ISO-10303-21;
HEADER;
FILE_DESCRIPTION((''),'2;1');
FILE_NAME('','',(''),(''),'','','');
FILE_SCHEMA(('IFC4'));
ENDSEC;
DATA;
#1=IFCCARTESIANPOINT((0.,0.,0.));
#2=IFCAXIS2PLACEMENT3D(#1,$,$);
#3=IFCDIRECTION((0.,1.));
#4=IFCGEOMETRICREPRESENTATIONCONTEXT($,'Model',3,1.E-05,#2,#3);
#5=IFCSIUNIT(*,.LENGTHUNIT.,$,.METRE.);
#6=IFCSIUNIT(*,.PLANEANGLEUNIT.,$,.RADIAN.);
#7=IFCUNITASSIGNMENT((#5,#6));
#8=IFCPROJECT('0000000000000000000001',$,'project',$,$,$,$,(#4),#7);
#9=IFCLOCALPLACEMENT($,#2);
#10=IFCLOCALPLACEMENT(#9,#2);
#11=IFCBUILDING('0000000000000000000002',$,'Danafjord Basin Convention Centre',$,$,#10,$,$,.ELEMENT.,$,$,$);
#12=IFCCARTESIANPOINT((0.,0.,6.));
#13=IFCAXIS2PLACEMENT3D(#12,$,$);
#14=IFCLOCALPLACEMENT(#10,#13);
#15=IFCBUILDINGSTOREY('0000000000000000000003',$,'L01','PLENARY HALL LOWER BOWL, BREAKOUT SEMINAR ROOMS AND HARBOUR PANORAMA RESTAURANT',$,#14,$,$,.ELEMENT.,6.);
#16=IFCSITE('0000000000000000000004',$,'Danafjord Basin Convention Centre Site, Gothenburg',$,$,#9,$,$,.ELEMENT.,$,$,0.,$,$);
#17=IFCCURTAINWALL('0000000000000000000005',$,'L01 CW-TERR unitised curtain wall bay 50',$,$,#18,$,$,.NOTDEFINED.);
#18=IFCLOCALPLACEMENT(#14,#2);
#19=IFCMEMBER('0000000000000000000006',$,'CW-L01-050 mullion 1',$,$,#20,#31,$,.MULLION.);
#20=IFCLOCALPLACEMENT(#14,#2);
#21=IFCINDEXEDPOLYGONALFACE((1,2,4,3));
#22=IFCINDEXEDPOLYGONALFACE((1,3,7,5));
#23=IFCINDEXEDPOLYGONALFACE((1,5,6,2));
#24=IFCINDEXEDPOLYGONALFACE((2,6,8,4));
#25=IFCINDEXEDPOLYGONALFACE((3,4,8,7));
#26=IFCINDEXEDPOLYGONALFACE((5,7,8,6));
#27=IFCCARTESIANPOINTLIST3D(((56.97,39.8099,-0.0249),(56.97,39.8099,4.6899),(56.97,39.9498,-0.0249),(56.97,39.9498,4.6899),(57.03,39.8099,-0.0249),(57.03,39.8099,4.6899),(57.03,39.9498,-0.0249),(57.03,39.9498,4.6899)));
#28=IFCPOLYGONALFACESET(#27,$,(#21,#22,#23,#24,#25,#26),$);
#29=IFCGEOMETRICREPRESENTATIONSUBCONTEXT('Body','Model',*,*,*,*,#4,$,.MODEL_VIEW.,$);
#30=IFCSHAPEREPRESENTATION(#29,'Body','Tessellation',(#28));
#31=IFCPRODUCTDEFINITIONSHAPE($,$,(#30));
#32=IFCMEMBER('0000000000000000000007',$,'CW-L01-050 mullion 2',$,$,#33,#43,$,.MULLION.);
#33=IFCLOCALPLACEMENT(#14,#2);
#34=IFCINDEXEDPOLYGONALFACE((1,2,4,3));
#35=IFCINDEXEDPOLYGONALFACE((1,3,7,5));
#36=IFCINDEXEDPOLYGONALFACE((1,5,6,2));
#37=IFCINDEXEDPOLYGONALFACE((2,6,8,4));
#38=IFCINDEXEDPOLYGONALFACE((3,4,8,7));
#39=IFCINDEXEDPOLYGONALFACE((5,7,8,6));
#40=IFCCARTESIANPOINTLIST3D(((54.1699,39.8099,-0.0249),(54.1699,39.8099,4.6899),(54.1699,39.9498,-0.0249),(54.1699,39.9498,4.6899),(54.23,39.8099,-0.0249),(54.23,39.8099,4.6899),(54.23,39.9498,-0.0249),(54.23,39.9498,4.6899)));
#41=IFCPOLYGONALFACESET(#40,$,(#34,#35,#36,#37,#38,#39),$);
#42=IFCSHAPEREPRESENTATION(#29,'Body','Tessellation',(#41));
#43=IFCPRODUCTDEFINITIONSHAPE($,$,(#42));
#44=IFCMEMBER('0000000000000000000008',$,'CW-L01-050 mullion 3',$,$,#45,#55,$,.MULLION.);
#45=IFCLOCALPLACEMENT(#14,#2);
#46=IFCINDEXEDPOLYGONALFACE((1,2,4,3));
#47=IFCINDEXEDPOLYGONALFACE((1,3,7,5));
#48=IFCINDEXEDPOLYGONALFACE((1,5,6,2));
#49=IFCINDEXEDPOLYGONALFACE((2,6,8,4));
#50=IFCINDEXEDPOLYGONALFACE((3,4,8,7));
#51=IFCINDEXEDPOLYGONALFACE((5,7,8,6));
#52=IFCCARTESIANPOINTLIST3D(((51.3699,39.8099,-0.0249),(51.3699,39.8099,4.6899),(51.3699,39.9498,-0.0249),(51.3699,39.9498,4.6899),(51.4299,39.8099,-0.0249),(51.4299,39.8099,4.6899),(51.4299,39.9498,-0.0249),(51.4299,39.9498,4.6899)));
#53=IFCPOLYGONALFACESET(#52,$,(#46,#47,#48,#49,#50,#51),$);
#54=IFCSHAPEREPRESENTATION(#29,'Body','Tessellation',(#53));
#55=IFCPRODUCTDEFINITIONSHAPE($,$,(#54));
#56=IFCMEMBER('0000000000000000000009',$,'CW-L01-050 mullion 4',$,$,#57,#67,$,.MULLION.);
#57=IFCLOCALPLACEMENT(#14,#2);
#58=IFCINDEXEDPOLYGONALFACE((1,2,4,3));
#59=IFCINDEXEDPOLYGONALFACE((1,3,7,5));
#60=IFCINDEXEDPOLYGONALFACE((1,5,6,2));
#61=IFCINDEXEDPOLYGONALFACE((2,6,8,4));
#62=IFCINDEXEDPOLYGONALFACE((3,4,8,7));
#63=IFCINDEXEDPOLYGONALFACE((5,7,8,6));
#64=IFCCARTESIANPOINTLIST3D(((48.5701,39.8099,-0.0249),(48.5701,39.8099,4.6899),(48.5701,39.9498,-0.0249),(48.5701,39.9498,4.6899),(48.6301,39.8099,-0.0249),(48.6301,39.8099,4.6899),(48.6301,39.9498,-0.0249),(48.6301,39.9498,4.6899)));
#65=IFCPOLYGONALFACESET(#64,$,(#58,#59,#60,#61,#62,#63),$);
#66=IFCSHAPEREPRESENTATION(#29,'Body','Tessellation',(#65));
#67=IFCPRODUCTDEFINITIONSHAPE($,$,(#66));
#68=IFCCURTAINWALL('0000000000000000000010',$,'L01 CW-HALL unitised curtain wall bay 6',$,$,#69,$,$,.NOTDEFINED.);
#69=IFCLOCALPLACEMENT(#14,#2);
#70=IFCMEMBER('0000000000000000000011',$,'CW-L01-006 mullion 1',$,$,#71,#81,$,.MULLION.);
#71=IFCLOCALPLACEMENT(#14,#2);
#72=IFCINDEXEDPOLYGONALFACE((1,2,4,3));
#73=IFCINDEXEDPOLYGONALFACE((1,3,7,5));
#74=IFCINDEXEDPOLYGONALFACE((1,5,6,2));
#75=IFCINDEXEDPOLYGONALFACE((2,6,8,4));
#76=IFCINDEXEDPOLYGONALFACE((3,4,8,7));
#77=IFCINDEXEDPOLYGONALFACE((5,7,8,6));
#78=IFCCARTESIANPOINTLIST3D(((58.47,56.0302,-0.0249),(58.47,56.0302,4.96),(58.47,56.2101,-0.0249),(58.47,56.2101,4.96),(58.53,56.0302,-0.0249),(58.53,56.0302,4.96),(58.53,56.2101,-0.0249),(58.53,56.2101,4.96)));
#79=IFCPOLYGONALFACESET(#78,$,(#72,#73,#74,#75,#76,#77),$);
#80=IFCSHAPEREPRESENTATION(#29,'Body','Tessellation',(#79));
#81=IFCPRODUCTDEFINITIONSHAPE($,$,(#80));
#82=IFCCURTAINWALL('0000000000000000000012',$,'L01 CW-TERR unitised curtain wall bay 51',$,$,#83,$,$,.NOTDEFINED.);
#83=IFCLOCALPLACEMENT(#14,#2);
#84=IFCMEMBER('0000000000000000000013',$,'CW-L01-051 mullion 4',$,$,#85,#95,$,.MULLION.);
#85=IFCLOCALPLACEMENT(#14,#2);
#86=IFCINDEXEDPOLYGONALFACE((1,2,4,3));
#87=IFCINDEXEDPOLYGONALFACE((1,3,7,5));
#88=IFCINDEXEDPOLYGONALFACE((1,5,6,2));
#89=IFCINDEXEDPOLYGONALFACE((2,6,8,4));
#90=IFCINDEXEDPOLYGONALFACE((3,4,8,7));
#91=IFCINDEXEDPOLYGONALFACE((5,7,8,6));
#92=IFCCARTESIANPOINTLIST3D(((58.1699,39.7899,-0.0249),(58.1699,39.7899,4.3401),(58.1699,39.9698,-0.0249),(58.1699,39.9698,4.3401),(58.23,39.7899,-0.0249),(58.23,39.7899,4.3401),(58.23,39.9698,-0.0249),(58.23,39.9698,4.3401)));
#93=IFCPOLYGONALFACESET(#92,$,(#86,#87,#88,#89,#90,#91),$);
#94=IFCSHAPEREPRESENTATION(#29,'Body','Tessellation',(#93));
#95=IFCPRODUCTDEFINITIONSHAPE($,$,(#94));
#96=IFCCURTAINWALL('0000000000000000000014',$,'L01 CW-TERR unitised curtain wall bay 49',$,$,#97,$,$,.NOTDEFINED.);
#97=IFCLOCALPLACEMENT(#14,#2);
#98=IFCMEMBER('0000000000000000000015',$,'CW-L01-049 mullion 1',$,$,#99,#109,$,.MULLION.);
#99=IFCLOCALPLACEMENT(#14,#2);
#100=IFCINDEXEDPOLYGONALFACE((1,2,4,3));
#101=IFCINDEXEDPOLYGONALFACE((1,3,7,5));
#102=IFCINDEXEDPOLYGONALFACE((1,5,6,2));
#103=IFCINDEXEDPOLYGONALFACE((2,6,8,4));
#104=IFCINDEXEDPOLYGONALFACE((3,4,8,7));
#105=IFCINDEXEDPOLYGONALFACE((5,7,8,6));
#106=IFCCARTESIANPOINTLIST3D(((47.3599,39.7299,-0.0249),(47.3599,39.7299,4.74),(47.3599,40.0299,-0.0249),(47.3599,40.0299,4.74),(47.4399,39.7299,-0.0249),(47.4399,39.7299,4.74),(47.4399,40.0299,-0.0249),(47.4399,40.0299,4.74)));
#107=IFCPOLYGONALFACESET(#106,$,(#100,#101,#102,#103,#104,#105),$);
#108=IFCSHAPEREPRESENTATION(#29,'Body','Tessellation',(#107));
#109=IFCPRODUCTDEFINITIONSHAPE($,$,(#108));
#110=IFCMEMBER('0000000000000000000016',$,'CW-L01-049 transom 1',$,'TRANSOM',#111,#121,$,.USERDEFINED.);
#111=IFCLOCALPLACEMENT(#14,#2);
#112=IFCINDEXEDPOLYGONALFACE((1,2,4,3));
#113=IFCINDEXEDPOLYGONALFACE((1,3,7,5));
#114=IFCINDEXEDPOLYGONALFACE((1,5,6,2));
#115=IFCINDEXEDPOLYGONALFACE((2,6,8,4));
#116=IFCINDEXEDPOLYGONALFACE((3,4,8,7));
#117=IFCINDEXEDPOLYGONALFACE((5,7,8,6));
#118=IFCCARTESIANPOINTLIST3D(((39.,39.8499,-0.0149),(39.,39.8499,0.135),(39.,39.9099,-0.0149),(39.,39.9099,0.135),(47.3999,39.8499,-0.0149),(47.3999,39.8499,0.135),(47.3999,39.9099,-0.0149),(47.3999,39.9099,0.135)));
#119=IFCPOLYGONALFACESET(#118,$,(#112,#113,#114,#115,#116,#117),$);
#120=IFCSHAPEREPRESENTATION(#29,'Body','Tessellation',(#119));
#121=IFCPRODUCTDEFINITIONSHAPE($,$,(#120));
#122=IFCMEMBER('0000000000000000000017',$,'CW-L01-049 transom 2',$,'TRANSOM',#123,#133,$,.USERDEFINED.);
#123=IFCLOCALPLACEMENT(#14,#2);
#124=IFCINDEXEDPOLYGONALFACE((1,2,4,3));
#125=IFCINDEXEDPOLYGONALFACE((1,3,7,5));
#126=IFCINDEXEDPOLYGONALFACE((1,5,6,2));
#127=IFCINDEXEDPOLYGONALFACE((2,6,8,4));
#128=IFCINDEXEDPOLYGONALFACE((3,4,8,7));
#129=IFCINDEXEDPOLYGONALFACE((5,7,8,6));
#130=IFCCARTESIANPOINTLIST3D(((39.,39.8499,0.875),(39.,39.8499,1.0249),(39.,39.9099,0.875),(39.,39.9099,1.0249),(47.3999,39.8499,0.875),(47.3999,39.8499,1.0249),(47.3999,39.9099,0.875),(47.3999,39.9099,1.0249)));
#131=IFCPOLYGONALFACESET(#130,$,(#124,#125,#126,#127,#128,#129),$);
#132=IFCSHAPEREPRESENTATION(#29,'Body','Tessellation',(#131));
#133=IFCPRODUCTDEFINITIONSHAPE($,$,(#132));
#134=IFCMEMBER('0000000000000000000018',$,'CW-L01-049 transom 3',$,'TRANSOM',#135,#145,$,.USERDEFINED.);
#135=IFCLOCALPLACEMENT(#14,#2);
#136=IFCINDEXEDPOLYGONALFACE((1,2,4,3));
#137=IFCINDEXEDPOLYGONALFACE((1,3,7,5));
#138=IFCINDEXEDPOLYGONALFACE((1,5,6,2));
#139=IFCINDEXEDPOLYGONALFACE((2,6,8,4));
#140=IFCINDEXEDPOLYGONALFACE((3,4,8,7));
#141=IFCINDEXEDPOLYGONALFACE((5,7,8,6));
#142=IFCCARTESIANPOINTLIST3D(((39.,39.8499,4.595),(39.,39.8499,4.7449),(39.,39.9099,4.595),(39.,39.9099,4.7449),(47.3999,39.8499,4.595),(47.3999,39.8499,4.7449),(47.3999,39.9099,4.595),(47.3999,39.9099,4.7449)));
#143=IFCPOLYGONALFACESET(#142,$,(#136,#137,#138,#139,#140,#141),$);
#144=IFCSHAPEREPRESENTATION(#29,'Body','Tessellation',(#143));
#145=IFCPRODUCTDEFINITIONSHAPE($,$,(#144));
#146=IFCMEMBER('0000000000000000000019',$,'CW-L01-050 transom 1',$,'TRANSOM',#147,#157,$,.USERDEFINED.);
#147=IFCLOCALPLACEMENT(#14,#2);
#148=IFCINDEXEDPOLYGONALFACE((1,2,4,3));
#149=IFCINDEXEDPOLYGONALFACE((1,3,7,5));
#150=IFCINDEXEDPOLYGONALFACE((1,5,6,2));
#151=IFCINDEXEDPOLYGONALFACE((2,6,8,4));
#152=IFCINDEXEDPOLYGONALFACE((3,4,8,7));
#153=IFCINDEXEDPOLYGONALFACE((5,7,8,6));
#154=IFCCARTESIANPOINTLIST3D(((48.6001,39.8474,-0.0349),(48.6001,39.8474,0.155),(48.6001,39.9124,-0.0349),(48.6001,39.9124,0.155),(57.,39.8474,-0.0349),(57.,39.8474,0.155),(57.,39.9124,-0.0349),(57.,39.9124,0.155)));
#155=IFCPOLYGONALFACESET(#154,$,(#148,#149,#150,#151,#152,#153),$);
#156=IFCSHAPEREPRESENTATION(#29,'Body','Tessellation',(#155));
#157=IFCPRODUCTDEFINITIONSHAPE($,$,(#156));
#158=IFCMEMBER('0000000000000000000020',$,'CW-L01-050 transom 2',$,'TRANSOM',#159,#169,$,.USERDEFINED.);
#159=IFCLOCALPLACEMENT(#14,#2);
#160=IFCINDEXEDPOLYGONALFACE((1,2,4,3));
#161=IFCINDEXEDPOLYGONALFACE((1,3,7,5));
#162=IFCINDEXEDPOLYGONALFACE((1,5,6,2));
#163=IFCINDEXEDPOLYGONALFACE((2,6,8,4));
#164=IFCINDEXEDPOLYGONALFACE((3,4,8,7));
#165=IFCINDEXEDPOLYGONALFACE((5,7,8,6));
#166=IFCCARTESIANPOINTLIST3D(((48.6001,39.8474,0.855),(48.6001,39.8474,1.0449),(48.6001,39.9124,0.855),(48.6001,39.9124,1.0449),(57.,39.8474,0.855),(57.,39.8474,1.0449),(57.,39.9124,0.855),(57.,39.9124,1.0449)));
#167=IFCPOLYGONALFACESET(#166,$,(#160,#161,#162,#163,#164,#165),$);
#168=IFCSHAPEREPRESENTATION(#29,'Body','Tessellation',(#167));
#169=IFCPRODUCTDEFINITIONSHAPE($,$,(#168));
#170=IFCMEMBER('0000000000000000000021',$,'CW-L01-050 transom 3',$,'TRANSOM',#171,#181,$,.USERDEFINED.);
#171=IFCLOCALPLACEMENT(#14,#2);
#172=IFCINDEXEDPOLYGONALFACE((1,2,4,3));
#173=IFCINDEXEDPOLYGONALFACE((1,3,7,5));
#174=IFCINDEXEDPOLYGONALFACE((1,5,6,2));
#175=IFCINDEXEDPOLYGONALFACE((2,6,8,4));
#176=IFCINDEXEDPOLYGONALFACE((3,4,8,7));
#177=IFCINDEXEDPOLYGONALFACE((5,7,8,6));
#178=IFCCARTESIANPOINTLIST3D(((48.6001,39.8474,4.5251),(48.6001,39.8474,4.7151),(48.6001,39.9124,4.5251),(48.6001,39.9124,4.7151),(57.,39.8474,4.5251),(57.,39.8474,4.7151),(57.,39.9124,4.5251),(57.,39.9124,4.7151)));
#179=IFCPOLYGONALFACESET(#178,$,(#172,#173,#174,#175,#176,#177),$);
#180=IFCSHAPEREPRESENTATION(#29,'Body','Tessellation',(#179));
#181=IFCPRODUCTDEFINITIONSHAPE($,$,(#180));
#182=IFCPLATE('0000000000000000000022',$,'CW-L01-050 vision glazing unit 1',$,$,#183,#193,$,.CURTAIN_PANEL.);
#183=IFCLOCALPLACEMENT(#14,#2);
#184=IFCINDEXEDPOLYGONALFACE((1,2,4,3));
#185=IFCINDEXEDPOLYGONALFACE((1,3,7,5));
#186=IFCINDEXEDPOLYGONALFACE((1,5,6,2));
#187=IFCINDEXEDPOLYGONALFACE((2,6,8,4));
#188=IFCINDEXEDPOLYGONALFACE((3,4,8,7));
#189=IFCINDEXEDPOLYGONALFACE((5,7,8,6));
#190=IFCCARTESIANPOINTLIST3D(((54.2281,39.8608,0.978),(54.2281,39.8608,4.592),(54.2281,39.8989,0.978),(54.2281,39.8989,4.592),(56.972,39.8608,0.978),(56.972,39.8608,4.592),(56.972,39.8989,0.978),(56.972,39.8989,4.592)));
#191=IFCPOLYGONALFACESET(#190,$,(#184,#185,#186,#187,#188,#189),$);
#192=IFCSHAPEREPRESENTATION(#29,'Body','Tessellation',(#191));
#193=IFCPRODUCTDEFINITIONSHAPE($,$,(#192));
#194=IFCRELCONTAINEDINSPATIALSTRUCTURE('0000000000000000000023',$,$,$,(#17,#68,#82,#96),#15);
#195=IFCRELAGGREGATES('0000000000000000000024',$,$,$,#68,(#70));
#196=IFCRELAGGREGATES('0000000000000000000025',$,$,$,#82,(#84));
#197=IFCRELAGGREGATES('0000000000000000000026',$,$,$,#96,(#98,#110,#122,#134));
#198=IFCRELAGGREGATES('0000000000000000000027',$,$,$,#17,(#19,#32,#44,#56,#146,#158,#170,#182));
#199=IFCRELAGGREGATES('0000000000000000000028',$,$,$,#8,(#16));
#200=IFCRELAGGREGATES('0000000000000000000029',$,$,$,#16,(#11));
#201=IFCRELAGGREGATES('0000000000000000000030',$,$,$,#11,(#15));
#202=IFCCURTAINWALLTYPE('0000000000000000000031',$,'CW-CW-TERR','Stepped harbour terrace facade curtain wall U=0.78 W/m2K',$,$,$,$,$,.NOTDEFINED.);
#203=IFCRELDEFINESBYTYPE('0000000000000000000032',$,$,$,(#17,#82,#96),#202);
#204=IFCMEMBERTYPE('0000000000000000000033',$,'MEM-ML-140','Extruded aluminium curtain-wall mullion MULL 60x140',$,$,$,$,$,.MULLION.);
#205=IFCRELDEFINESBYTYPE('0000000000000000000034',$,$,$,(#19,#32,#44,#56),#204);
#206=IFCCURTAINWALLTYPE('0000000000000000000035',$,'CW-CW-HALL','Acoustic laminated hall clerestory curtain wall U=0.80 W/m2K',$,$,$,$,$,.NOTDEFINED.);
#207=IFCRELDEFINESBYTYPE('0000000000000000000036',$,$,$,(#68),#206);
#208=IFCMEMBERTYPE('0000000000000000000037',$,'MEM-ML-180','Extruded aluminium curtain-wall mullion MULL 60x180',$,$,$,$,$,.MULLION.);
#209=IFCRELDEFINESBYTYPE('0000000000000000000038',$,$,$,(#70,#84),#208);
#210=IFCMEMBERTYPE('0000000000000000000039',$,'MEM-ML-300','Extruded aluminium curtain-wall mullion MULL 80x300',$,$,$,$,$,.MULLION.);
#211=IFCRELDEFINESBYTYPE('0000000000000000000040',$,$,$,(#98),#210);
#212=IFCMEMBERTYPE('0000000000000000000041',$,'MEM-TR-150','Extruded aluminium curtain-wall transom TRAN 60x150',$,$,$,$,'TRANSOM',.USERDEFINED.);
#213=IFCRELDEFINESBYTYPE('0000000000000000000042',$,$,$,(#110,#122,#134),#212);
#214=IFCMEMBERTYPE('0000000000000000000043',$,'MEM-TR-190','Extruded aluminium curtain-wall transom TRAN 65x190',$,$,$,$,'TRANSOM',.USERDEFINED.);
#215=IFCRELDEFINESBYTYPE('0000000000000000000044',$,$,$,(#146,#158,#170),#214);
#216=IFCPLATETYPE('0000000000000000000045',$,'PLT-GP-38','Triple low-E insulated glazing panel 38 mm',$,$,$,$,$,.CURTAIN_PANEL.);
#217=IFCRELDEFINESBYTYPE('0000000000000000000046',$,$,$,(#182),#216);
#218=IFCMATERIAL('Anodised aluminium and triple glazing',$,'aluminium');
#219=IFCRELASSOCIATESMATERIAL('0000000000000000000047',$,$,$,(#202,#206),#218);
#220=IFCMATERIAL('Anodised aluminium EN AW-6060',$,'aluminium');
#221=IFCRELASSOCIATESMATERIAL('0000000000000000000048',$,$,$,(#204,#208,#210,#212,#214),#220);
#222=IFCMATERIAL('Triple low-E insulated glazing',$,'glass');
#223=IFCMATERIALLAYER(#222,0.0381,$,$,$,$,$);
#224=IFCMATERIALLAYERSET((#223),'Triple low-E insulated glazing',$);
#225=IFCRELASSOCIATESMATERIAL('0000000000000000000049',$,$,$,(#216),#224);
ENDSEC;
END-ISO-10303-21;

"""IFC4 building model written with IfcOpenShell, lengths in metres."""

from ifc_helpers import new_model, si_unit, direction, frame, origin, origin_2d, place, context, subcontext, project, spatial, rectangle, extrude, material, layer, layer_set, material_profile, profile_set, type_object, element, aggregate, save


model = new_model("IFC4")

# Units and contexts
model_context = context("Model", 3, precision=1e-05, world=origin(), true_north=direction((0.0, 1.0)))
body_context = subcontext(model_context, "Body", "Model", "MODEL_VIEW")
ifc_project = project(units=[si_unit("LENGTHUNIT", "METRE"), si_unit("PLANEANGLEUNIT", "RADIAN")], contexts=[model_context])

# Site, building, storey
site_placement = place(None, origin())
site = spatial("IfcSite", under=ifc_project, at=site_placement, Name="Danafjord Basin Convention Centre Site, Gothenburg", CompositionType="ELEMENT", RefElevation=0.0)
building_placement = place(site_placement, origin())
building = spatial("IfcBuilding", under=site, at=building_placement, Name="Danafjord Basin Convention Centre", CompositionType="ELEMENT")
storey_placement = place(building_placement, frame((0.0, 0.0, 6.0)))
storey = spatial("IfcBuildingStorey", under=building, at=storey_placement, Name="L01", Description="PLENARY HALL LOWER BOWL, BREAKOUT SEMINAR ROOMS AND HARBOUR PANORAMA RESTAURANT", CompositionType="ELEMENT", Elevation=6.0)

# Curtain wall, members
ifc_material_1 = material(Name="Anodised aluminium and triple glazing", Category="aluminium")
curtain_wall_type_1 = type_object("IfcCurtainWallType", Name="CW-CW-TERR", Description="Stepped harbour terrace facade curtain wall U=0.78 W/m2K", PredefinedType="NOTDEFINED", material=ifc_material_1)
curtain_wall_1_placement = place(storey_placement, origin())
curtain_wall_1 = element("IfcCurtainWall", 1, at=curtain_wall_1_placement, inside=storey, type_object=curtain_wall_type_1, Name="L01 CW-TERR unitised curtain wall bay 50", PredefinedType="NOTDEFINED")
ifc_material_2 = material(Name="Anodised aluminium EN AW-6060", Category="aluminium")
ifc_material_profile_1 = material_profile(ifc_material_2, rectangle(XDim=0.0601, YDim=0.1399, at=origin_2d()), Name="MULL 60x140")
ifc_profile_set_1 = profile_set([ifc_material_profile_1], Name="Anodised aluminium EN AW-6060")
member_type_1 = type_object("IfcMemberType", Name="MEM-ML-140", Description="Extruded aluminium curtain-wall mullion MULL 60x140", PredefinedType="MULLION", material=ifc_profile_set_1)
member_1_placement = place(storey_placement, frame((57.0, 39.8799, -0.0249), z_axis=(0.0, 0.0, 1.0), x_axis=(-1.0, 0.0, 0.0)))
member_1 = element("IfcMember", 2, at=member_1_placement, type_object=member_type_1, Name="CW-L01-050 mullion 1", PredefinedType="MULLION", context=body_context, shape_type="SweptSolid", body=[
    extrude(rectangle(XDim=0.0601, YDim=0.1399, at=origin_2d()), origin(), (0.0, 0.0, 1.0), 4.7148),
])
member_2_placement = place(storey_placement, frame((54.2, 39.8799, -0.0249), z_axis=(0.0, 0.0, 1.0), x_axis=(-1.0, 0.0, 0.0)))
member_2 = element("IfcMember", 3, at=member_2_placement, type_object=member_type_1, Name="CW-L01-050 mullion 2", PredefinedType="MULLION", context=body_context, shape_type="SweptSolid", body=[
    extrude(rectangle(XDim=0.0601, YDim=0.1399, at=origin_2d()), origin(), (0.0, 0.0, 1.0), 4.7148),
])
member_3_placement = place(storey_placement, frame((51.3999, 39.8799, -0.0249), z_axis=(0.0, 0.0, 1.0), x_axis=(-1.0, 0.0, 0.0)))
member_3 = element("IfcMember", 4, at=member_3_placement, type_object=member_type_1, Name="CW-L01-050 mullion 3", PredefinedType="MULLION", context=body_context, shape_type="SweptSolid", body=[
    extrude(rectangle(XDim=0.0601, YDim=0.1399, at=origin_2d()), origin(), (0.0, 0.0, 1.0), 4.7148),
])
member_4_placement = place(storey_placement, frame((48.6001, 39.8799, -0.0249), z_axis=(0.0, 0.0, 1.0), x_axis=(-1.0, 0.0, 0.0)))
member_4 = element("IfcMember", 5, at=member_4_placement, type_object=member_type_1, Name="CW-L01-050 mullion 4", PredefinedType="MULLION", context=body_context, shape_type="SweptSolid", body=[
    extrude(rectangle(XDim=0.0601, YDim=0.1399, at=origin_2d()), origin(), (0.0, 0.0, 1.0), 4.7148),
])

# Curtain walls, members
curtain_wall_type_2 = type_object("IfcCurtainWallType", Name="CW-CW-HALL", Description="Acoustic laminated hall clerestory curtain wall U=0.80 W/m2K", PredefinedType="NOTDEFINED", material=ifc_material_1)
curtain_wall_2_placement = place(storey_placement, origin())
curtain_wall_2 = element("IfcCurtainWall", 6, at=curtain_wall_2_placement, inside=storey, type_object=curtain_wall_type_2, Name="L01 CW-HALL unitised curtain wall bay 6", PredefinedType="NOTDEFINED")
ifc_material_profile_2 = material_profile(ifc_material_2, rectangle(XDim=0.0601, YDim=0.1799, at=origin_2d()), Name="MULL 60x180")
ifc_profile_set_2 = profile_set([ifc_material_profile_2], Name="Anodised aluminium EN AW-6060")
member_type_2 = type_object("IfcMemberType", Name="MEM-ML-180", Description="Extruded aluminium curtain-wall mullion MULL 60x180", PredefinedType="MULLION", material=ifc_profile_set_2)
member_5_placement = place(storey_placement, frame((58.5, 56.1201, -0.0249), z_axis=(0.0, 0.0, 1.0), x_axis=(1.0, 0.0, 0.0)))
member_5 = element("IfcMember", 7, at=member_5_placement, type_object=member_type_2, Name="CW-L01-006 mullion 1", PredefinedType="MULLION", context=body_context, shape_type="SweptSolid", body=[
    extrude(rectangle(XDim=0.0601, YDim=0.1799, at=origin_2d()), origin(), (0.0, 0.0, 1.0), 4.9849),
])
aggregate(curtain_wall_2, [member_5])
curtain_wall_3_placement = place(storey_placement, origin())
curtain_wall_3 = element("IfcCurtainWall", 8, at=curtain_wall_3_placement, inside=storey, type_object=curtain_wall_type_1, Name="L01 CW-TERR unitised curtain wall bay 51", PredefinedType="NOTDEFINED")
member_6_placement = place(storey_placement, frame((58.2, 39.8799, -0.0249), z_axis=(0.0, 0.0, 1.0), x_axis=(-1.0, 0.0, 0.0)))
member_6 = element("IfcMember", 9, at=member_6_placement, type_object=member_type_2, Name="CW-L01-051 mullion 4", PredefinedType="MULLION", context=body_context, shape_type="SweptSolid", body=[
    extrude(rectangle(XDim=0.0601, YDim=0.1799, at=origin_2d()), origin(), (0.0, 0.0, 1.0), 4.365),
])
aggregate(curtain_wall_3, [member_6])

# Curtain wall, members
curtain_wall_4_placement = place(storey_placement, origin())
curtain_wall_4 = element("IfcCurtainWall", 10, at=curtain_wall_4_placement, inside=storey, type_object=curtain_wall_type_1, Name="L01 CW-TERR unitised curtain wall bay 49", PredefinedType="NOTDEFINED")
ifc_material_profile_3 = material_profile(ifc_material_2, rectangle(XDim=0.0801, YDim=0.3, at=origin_2d()), Name="MULL 80x300")
ifc_profile_set_3 = profile_set([ifc_material_profile_3], Name="Anodised aluminium EN AW-6060")
member_type_3 = type_object("IfcMemberType", Name="MEM-ML-300", Description="Extruded aluminium curtain-wall mullion MULL 80x300", PredefinedType="MULLION", material=ifc_profile_set_3)
member_7_placement = place(storey_placement, frame((47.3999, 39.8799, -0.0249), z_axis=(0.0, 0.0, 1.0), x_axis=(-1.0, 0.0, 0.0)))
member_7 = element("IfcMember", 11, at=member_7_placement, type_object=member_type_3, Name="CW-L01-049 mullion 1", PredefinedType="MULLION", context=body_context, shape_type="SweptSolid", body=[
    extrude(rectangle(XDim=0.0801, YDim=0.3, at=origin_2d()), origin(), (0.0, 0.0, 1.0), 4.7649),
])
ifc_material_profile_4 = material_profile(ifc_material_2, rectangle(XDim=0.0601, YDim=0.1499, at=origin_2d()), Name="TRAN 60x150")
ifc_profile_set_4 = profile_set([ifc_material_profile_4], Name="Anodised aluminium EN AW-6060")
member_type_4 = type_object("IfcMemberType", Name="MEM-TR-150", Description="Extruded aluminium curtain-wall transom TRAN 60x150", ElementType="TRANSOM", PredefinedType="USERDEFINED", material=ifc_profile_set_4)
member_8_placement = place(storey_placement, frame((47.3999, 39.8799, 0.0601), z_axis=(-1.0, 0.0, 0.0), x_axis=(0.0, -1.0, 0.0)))
member_8 = element("IfcMember", 12, at=member_8_placement, type_object=member_type_4, Name="CW-L01-049 transom 1", ObjectType="TRANSOM", PredefinedType="USERDEFINED", context=body_context, shape_type="SweptSolid", body=[
    extrude(rectangle(XDim=0.0601, YDim=0.1499, at=origin_2d()), origin(), (0.0, 0.0, 1.0), 8.3999),
])
member_9_placement = place(storey_placement, frame((47.3999, 39.8799, 0.95), z_axis=(-1.0, 0.0, 0.0), x_axis=(0.0, -1.0, 0.0)))
member_9 = element("IfcMember", 13, at=member_9_placement, type_object=member_type_4, Name="CW-L01-049 transom 2", ObjectType="TRANSOM", PredefinedType="USERDEFINED", context=body_context, shape_type="SweptSolid", body=[
    extrude(rectangle(XDim=0.0601, YDim=0.1499, at=origin_2d()), origin(), (0.0, 0.0, 1.0), 8.3999),
])
member_10_placement = place(storey_placement, frame((47.3999, 39.8799, 4.6699), z_axis=(-1.0, 0.0, 0.0), x_axis=(0.0, -1.0, 0.0)))
member_10 = element("IfcMember", 14, at=member_10_placement, type_object=member_type_4, Name="CW-L01-049 transom 3", ObjectType="TRANSOM", PredefinedType="USERDEFINED", context=body_context, shape_type="SweptSolid", body=[
    extrude(rectangle(XDim=0.0601, YDim=0.1499, at=origin_2d()), origin(), (0.0, 0.0, 1.0), 8.3999),
])
aggregate(curtain_wall_4, [member_7, member_8, member_9, member_10])

# Members
ifc_material_profile_5 = material_profile(ifc_material_2, rectangle(XDim=0.0649, YDim=0.1899, at=origin_2d()), Name="TRAN 65x190")
ifc_profile_set_5 = profile_set([ifc_material_profile_5], Name="Anodised aluminium EN AW-6060")
member_type_5 = type_object("IfcMemberType", Name="MEM-TR-190", Description="Extruded aluminium curtain-wall transom TRAN 65x190", ElementType="TRANSOM", PredefinedType="USERDEFINED", material=ifc_profile_set_5)
member_11_placement = place(storey_placement, frame((57.0, 39.8799, 0.0601), z_axis=(-1.0, 0.0, 0.0), x_axis=(0.0, -1.0, 0.0)))
member_11 = element("IfcMember", 15, at=member_11_placement, type_object=member_type_5, Name="CW-L01-050 transom 1", ObjectType="TRANSOM", PredefinedType="USERDEFINED", context=body_context, shape_type="SweptSolid", body=[
    extrude(rectangle(XDim=0.0649, YDim=0.1899, at=origin_2d()), origin(), (0.0, 0.0, 1.0), 8.3999),
])
member_12_placement = place(storey_placement, frame((57.0, 39.8799, 0.95), z_axis=(-1.0, 0.0, 0.0), x_axis=(0.0, -1.0, 0.0)))
member_12 = element("IfcMember", 16, at=member_12_placement, type_object=member_type_5, Name="CW-L01-050 transom 2", ObjectType="TRANSOM", PredefinedType="USERDEFINED", context=body_context, shape_type="SweptSolid", body=[
    extrude(rectangle(XDim=0.0649, YDim=0.1899, at=origin_2d()), origin(), (0.0, 0.0, 1.0), 8.3999),
])
member_13_placement = place(storey_placement, frame((57.0, 39.8799, 4.6201), z_axis=(-1.0, 0.0, 0.0), x_axis=(0.0, -1.0, 0.0)))
member_13 = element("IfcMember", 17, at=member_13_placement, type_object=member_type_5, Name="CW-L01-050 transom 3", ObjectType="TRANSOM", PredefinedType="USERDEFINED", context=body_context, shape_type="SweptSolid", body=[
    extrude(rectangle(XDim=0.0649, YDim=0.1899, at=origin_2d()), origin(), (0.0, 0.0, 1.0), 8.3999),
])

# Plate
ifc_material_3 = material(Name="Triple low-E insulated glazing", Category="glass")
ifc_layer_1 = layer(ifc_material_3, 0.0381)
ifc_layer_set_1 = layer_set([ifc_layer_1], Name="Triple low-E insulated glazing")
plate_type_1 = type_object("IfcPlateType", Name="PLT-GP-38", Description="Triple low-E insulated glazing panel 38 mm", PredefinedType="CURTAIN_PANEL", material=ifc_layer_set_1)
plate_1_placement = place(storey_placement, frame((55.6001, 39.8799, 0.978), z_axis=(0.0, 0.0, 1.0), x_axis=(-1.0, 0.0, 0.0)))
plate_1 = element("IfcPlate", 18, at=plate_1_placement, type_object=plate_type_1, Name="CW-L01-050 vision glazing unit 1", PredefinedType="CURTAIN_PANEL", context=body_context, shape_type="SweptSolid", body=[
    extrude(rectangle(XDim=2.7439, YDim=0.0381, at=origin_2d()), origin(), (0.0, 0.0, 1.0), 3.614),
])
aggregate(curtain_wall_1, [member_1, member_2, member_3, member_4, member_11, member_12, member_13, plate_1])

save(model, "model.ifc")
